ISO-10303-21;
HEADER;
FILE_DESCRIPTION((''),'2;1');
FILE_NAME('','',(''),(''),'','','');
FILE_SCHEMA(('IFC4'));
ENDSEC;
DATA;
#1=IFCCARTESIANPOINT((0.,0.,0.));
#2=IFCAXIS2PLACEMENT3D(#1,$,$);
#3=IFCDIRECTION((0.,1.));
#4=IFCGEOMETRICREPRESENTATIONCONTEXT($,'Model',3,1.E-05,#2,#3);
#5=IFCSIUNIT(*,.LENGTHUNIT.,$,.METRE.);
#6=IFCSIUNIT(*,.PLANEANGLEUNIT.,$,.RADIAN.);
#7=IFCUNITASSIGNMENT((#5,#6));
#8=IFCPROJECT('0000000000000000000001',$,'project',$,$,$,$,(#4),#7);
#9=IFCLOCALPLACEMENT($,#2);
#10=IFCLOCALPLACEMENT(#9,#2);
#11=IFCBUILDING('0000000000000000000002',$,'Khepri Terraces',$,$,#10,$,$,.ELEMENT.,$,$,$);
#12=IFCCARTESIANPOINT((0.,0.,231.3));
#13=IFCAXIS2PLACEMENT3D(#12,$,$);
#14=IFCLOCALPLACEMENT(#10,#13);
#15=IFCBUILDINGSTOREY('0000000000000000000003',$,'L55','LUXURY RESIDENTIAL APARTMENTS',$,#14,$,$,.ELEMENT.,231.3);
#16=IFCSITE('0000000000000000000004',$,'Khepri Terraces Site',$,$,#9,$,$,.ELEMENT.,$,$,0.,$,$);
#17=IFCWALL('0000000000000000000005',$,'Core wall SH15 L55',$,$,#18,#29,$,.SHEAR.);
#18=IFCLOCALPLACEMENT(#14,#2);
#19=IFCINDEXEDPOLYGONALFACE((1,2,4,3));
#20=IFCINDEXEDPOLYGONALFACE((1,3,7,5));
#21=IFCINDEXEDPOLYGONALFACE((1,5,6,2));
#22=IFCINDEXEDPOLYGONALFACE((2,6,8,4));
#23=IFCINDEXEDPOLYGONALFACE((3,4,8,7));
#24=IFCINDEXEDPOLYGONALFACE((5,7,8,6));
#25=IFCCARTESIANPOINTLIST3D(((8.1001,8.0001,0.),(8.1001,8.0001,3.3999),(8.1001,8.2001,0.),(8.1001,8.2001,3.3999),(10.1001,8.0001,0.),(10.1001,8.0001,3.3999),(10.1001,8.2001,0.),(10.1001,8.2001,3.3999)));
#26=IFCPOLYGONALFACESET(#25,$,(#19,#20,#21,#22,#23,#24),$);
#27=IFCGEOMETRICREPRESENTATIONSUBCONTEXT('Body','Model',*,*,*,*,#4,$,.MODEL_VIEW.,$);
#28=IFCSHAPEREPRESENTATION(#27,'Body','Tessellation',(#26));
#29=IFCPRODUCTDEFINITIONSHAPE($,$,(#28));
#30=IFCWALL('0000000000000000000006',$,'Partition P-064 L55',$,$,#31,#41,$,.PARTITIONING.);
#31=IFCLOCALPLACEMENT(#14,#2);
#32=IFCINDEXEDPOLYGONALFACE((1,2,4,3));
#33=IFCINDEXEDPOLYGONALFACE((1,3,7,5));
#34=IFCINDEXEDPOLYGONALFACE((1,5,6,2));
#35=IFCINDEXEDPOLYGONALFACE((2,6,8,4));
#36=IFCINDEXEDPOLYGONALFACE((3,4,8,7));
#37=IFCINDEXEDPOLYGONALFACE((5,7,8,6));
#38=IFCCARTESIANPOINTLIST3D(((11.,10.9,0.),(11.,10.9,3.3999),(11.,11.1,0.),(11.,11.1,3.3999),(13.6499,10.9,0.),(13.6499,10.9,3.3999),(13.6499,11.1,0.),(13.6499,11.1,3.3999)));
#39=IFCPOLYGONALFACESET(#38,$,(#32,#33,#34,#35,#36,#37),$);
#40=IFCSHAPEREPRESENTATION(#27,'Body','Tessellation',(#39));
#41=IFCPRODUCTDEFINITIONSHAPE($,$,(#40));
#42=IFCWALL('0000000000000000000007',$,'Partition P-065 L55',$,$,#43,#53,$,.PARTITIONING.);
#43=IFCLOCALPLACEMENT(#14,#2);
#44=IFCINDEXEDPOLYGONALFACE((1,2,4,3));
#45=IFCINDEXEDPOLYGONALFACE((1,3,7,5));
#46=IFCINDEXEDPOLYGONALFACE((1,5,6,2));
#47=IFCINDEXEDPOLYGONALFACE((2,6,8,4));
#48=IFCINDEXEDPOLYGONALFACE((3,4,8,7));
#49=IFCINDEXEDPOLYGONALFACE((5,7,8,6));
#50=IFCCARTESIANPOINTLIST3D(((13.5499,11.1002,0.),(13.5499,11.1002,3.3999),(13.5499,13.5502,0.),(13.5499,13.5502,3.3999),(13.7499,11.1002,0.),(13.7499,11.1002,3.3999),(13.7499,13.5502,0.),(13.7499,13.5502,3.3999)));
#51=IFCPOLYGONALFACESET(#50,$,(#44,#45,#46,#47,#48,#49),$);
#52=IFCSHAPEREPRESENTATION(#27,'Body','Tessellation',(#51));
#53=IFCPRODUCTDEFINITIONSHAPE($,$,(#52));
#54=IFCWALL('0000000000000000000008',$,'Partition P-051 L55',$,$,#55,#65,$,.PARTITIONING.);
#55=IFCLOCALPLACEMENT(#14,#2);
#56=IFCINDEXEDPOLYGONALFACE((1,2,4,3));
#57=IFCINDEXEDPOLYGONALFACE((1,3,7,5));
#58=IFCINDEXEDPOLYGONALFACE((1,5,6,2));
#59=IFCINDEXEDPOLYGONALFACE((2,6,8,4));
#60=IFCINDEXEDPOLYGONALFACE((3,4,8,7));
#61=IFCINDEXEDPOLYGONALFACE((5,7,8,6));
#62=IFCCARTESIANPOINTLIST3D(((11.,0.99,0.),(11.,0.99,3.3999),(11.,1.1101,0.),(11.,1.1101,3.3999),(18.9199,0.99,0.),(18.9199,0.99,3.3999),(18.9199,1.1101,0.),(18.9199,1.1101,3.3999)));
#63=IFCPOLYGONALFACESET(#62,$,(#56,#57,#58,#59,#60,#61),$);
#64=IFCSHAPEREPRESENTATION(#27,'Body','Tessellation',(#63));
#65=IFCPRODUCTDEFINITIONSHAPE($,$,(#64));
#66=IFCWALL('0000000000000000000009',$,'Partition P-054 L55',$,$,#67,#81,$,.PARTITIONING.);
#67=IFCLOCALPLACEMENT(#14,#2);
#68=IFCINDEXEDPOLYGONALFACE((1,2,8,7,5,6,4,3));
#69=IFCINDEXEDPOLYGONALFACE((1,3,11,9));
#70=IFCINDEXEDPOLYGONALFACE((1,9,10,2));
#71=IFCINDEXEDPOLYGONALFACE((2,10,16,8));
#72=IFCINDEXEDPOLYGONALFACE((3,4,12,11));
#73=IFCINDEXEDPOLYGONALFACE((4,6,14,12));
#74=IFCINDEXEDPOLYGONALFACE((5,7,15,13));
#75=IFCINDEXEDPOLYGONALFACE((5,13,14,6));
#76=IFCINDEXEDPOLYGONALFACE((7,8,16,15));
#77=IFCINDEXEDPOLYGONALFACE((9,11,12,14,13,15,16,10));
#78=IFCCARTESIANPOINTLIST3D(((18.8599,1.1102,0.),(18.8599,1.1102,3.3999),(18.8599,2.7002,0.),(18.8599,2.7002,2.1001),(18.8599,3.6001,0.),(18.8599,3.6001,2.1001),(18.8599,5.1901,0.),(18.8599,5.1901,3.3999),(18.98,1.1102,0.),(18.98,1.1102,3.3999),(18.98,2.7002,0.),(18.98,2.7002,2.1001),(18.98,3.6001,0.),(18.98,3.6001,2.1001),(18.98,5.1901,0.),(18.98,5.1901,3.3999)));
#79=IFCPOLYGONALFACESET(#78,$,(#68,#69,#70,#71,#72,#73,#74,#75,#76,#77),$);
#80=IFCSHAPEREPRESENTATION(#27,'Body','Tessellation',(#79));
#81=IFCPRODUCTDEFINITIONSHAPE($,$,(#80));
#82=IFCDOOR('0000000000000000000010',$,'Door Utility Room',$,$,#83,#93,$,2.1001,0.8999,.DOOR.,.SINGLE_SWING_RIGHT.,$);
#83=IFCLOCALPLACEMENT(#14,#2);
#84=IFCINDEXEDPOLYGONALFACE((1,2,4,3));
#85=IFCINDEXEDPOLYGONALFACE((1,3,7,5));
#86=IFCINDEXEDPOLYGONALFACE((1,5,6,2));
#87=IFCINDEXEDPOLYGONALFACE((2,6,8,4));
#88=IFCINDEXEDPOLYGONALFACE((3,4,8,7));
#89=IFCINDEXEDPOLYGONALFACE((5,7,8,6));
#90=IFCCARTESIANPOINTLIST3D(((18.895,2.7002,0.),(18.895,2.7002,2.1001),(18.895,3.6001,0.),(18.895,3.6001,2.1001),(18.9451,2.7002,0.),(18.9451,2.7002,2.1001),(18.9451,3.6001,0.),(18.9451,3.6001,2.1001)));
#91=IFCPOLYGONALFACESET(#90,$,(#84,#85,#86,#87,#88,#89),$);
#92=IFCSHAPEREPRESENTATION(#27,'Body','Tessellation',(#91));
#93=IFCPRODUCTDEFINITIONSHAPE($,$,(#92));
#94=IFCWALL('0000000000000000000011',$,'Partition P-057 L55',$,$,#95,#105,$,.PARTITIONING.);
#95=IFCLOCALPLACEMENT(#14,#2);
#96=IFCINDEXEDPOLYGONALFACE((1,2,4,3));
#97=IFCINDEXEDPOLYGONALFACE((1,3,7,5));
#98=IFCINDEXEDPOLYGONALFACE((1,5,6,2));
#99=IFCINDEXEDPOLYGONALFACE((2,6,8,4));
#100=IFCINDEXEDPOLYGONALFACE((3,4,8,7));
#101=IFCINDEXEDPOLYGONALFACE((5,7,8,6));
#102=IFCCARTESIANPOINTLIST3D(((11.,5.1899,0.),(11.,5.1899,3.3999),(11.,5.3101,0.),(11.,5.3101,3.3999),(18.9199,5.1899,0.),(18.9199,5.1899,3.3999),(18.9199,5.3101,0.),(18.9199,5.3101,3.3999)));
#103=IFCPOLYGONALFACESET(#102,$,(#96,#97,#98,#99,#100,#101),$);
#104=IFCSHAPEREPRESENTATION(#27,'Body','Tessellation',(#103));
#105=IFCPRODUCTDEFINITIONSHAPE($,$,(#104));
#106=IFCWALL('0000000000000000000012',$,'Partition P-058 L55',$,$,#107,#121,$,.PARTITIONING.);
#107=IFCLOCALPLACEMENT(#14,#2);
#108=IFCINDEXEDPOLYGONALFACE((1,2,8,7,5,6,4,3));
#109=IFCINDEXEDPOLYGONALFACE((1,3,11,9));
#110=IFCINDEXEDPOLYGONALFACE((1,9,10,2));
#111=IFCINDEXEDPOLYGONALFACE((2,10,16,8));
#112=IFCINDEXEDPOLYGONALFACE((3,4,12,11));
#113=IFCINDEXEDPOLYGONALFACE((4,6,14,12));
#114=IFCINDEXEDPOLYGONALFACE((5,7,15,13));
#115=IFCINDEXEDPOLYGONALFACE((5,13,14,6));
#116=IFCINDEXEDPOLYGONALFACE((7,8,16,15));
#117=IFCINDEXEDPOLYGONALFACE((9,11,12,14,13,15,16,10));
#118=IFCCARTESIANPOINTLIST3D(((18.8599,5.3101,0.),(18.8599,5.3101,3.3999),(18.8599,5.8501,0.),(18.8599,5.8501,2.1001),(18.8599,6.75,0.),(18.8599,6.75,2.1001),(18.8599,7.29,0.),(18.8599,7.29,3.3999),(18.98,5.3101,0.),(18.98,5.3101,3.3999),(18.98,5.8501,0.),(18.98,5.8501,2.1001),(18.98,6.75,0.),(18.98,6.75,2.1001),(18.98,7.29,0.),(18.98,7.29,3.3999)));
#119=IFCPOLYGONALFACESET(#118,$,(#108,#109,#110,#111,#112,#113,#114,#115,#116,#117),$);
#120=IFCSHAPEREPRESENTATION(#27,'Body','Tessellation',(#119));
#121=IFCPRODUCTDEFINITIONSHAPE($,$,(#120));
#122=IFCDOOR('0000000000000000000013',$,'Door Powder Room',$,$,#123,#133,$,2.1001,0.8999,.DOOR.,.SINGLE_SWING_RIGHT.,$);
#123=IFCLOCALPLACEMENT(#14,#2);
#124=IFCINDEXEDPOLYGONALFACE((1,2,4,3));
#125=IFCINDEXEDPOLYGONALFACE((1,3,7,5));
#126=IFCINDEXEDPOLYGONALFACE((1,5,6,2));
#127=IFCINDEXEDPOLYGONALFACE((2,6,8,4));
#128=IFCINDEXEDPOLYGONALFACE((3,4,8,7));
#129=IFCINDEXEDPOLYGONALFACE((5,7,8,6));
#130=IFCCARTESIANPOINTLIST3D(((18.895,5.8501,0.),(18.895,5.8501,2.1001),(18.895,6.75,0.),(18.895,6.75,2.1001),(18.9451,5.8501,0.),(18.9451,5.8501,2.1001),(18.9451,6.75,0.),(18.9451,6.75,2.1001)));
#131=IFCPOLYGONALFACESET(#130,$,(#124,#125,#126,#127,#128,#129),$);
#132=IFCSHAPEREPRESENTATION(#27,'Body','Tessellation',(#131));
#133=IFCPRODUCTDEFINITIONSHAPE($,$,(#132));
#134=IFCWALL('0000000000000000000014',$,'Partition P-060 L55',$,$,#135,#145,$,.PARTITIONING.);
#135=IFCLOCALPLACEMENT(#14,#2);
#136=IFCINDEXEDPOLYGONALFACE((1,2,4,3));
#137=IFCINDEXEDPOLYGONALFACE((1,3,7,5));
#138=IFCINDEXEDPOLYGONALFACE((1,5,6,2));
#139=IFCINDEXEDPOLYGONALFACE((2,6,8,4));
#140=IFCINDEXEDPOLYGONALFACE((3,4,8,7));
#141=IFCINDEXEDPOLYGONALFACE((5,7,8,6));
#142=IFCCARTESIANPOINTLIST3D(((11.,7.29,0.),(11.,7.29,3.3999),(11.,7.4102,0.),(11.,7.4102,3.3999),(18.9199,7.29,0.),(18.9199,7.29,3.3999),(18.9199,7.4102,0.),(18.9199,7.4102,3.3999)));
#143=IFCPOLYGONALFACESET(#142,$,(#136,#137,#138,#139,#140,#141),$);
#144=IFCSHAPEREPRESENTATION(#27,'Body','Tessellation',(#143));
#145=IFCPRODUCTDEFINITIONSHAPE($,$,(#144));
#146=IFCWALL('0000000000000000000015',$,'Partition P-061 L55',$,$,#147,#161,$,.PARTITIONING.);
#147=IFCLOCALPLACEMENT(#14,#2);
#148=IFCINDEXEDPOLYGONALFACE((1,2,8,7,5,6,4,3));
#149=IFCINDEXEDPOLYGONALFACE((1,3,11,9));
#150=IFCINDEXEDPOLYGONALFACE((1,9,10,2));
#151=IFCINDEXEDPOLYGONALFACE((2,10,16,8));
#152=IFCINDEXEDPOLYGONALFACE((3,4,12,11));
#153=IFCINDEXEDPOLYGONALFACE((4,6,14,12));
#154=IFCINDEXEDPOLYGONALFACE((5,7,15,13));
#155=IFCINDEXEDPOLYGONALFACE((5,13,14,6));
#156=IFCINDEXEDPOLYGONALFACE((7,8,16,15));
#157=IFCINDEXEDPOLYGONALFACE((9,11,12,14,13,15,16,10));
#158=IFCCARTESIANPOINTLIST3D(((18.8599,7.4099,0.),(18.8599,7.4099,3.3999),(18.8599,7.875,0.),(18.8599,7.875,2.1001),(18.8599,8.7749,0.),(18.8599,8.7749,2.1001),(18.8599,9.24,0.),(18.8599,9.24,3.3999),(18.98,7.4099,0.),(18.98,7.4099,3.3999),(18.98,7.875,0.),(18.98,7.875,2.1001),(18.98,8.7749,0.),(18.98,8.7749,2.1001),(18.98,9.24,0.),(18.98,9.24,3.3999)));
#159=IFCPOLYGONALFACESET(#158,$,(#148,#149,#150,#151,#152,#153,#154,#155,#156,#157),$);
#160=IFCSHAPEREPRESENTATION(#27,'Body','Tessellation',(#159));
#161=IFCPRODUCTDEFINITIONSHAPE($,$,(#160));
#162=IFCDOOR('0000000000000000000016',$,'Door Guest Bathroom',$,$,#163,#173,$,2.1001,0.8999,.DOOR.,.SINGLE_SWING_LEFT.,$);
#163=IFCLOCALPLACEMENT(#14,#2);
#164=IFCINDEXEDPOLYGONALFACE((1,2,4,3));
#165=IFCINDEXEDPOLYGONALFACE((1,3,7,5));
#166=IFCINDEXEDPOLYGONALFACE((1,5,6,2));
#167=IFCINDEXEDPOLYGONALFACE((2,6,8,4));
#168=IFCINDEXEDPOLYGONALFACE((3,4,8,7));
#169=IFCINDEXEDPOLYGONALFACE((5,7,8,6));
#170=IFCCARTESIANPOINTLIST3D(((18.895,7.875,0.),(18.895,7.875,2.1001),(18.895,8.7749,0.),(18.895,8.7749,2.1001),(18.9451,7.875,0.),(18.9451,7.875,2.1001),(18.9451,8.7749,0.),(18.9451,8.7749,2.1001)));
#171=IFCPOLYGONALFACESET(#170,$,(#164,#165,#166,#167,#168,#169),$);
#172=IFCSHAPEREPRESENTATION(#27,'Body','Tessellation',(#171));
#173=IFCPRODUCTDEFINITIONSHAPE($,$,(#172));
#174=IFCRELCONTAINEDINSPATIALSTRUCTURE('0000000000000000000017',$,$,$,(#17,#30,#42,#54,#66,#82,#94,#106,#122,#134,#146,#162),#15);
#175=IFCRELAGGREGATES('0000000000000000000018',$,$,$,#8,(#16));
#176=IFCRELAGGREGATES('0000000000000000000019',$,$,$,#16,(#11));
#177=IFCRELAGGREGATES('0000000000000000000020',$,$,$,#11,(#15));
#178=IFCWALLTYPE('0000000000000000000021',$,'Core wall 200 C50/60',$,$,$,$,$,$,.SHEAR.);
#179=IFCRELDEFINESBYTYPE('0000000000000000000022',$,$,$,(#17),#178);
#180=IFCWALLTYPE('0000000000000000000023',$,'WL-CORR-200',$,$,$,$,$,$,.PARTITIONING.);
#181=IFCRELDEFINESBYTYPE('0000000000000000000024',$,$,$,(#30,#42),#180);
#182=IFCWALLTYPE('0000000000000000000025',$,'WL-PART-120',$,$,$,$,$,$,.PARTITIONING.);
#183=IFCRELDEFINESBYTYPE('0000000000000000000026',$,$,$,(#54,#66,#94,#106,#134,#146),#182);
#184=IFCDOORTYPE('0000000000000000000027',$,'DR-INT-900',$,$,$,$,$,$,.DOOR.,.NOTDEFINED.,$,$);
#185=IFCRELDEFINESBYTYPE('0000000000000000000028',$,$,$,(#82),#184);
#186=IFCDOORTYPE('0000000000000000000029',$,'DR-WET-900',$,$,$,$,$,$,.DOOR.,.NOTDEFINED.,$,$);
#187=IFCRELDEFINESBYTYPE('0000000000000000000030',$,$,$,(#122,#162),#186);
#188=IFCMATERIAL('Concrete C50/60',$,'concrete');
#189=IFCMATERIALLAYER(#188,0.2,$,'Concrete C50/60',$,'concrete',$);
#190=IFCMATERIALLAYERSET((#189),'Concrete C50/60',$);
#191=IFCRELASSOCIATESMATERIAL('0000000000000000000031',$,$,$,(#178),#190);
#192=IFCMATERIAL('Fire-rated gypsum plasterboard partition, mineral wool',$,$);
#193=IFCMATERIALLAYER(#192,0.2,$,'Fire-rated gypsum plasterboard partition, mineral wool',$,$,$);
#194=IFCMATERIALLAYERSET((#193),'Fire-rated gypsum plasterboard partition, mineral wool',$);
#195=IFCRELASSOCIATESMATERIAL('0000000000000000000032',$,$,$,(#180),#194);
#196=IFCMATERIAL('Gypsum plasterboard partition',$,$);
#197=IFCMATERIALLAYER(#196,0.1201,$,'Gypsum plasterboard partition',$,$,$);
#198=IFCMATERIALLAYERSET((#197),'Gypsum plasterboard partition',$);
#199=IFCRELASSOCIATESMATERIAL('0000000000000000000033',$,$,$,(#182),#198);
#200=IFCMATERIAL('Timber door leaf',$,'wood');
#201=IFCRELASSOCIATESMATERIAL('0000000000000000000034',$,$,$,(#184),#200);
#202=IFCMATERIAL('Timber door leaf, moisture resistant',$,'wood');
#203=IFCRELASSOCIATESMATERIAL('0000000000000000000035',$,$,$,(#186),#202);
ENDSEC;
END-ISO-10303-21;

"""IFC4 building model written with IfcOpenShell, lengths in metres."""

from ifc_helpers import new_model, si_unit, direction, frame, frame_2d, origin, place, context, subcontext, project, spatial, rectangle, extrude, material, layer, layer_set, type_object, element, fill, save


model = new_model("IFC4")

# Units and contexts
model_context = context("Model", 3, precision=1e-05, world=origin(), true_north=direction((0.0, 1.0)))
body_context = subcontext(model_context, "Body", "Model", "MODEL_VIEW")
ifc_project = project(units=[si_unit("LENGTHUNIT", "METRE"), si_unit("PLANEANGLEUNIT", "RADIAN")], contexts=[model_context])

# Site, building, storey
site_placement = place(None, origin())
site = spatial("IfcSite", under=ifc_project, at=site_placement, Name="Khepri Terraces Site", CompositionType="ELEMENT", RefElevation=0.0)
building_placement = place(site_placement, origin())
building = spatial("IfcBuilding", under=site, at=building_placement, Name="Khepri Terraces", CompositionType="ELEMENT")
storey_placement = place(building_placement, frame((0.0, 0.0, 231.3)))
storey = spatial("IfcBuildingStorey", under=building, at=storey_placement, Name="L55", Description="LUXURY RESIDENTIAL APARTMENTS", CompositionType="ELEMENT", Elevation=231.3)

# Walls
ifc_material_1 = material(Name="Concrete C50/60", Category="concrete")
ifc_layer_1 = layer(ifc_material_1, 0.2, Name="Concrete C50/60", Category="concrete")
ifc_layer_set_1 = layer_set([ifc_layer_1], Name="Concrete C50/60")
wall_type_1 = type_object("IfcWallType", Name="Core wall 200 C50/60", PredefinedType="SHEAR", material=ifc_layer_set_1)
wall_1_placement = place(storey_placement, frame((8.1001, 8.1001, 0.0), z_axis=(0.0, 0.0, 1.0), x_axis=(1.0, 0.0, 0.0)))
element("IfcWall", 1, at=wall_1_placement, inside=storey, type_object=wall_type_1, Name="Core wall SH15 L55", PredefinedType="SHEAR", context=body_context, shape_type="SweptSolid", body=[
    extrude(rectangle(XDim=2.0, YDim=0.2, at=frame_2d((1.0, 0.0))), origin(), (0.0, 0.0, 1.0), 3.3999),
])
ifc_material_2 = material(Name="Fire-rated gypsum plasterboard partition, mineral wool")
ifc_layer_2 = layer(ifc_material_2, 0.2, Name="Fire-rated gypsum plasterboard partition, mineral wool")
ifc_layer_set_2 = layer_set([ifc_layer_2], Name="Fire-rated gypsum plasterboard partition, mineral wool")
wall_type_2 = type_object("IfcWallType", Name="WL-CORR-200", PredefinedType="PARTITIONING", material=ifc_layer_set_2)
wall_2_placement = place(storey_placement, frame((11.0, 11.0, 0.0), z_axis=(0.0, 0.0, 1.0), x_axis=(1.0, 0.0, 0.0)))
element("IfcWall", 2, at=wall_2_placement, inside=storey, type_object=wall_type_2, Name="Partition P-064 L55", PredefinedType="PARTITIONING", context=body_context, shape_type="SweptSolid", body=[
    extrude(rectangle(XDim=2.6499, YDim=0.2, at=frame_2d((1.325, 0.0))), origin(), (0.0, 0.0, 1.0), 3.3999),
])
wall_3_placement = place(storey_placement, frame((13.6499, 11.1001, 0.0), z_axis=(0.0, 0.0, 1.0), x_axis=(0.0, 1.0, 0.0)))
element("IfcWall", 3, at=wall_3_placement, inside=storey, type_object=wall_type_2, Name="Partition P-065 L55", PredefinedType="PARTITIONING", context=body_context, shape_type="SweptSolid", body=[
    extrude(rectangle(XDim=2.45, YDim=0.2, at=frame_2d((1.2251, 0.0))), origin(), (0.0, 0.0, 1.0), 3.3999),
])
ifc_material_3 = material(Name="Gypsum plasterboard partition")
ifc_layer_3 = layer(ifc_material_3, 0.1201, Name="Gypsum plasterboard partition")
ifc_layer_set_3 = layer_set([ifc_layer_3], Name="Gypsum plasterboard partition")
wall_type_3 = type_object("IfcWallType", Name="WL-PART-120", PredefinedType="PARTITIONING", material=ifc_layer_set_3)
wall_4_placement = place(storey_placement, frame((11.0, 1.05, 0.0), z_axis=(0.0, 0.0, 1.0), x_axis=(1.0, 0.0, 0.0)))
element("IfcWall", 4, at=wall_4_placement, inside=storey, type_object=wall_type_3, Name="Partition P-051 L55", PredefinedType="PARTITIONING", context=body_context, shape_type="SweptSolid", body=[
    extrude(rectangle(XDim=7.9199, YDim=0.1201, at=frame_2d((3.96, 0.0))), origin(), (0.0, 0.0, 1.0), 3.3999),
])

# Wall, opening, door
wall_5_placement = place(storey_placement, frame((18.9199, 1.1101, 0.0), z_axis=(0.0, 0.0, 1.0), x_axis=(0.0, 1.0, 0.0)))
wall_5 = element("IfcWall", 5, at=wall_5_placement, inside=storey, type_object=wall_type_3, Name="Partition P-054 L55", PredefinedType="PARTITIONING", context=body_context, shape_type="SweptSolid", body=[
    extrude(rectangle(XDim=4.0798, YDim=0.1201, at=frame_2d((2.04, 0.0))), origin(), (0.0, 0.0, 1.0), 3.3999),
])
opening_1_placement = place(wall_5_placement, frame((1.5901, 0.0, 0.0)))
opening_1 = element("IfcOpeningElement", 6, at=opening_1_placement, cuts=wall_5, PredefinedType="OPENING", context=body_context, shape_type="SweptSolid", body=[
    extrude(rectangle(XDim=0.8999, YDim=2.1001, at=frame_2d((0.45, 1.05))), frame((0.0, 0.0701, 0.0), z_axis=(0.0, -1.0, 0.0), x_axis=(1.0, 0.0, 0.0)), (0.0, 0.0, 1.0), 0.1401),
])
ifc_material_4 = material(Name="Timber door leaf", Category="wood")
door_type_1 = type_object("IfcDoorType", Name="DR-INT-900", OperationType="NOTDEFINED", PredefinedType="DOOR", material=ifc_material_4)
door_1_placement = place(opening_1_placement, origin())
door_1 = element("IfcDoor", 7, at=door_1_placement, inside=storey, type_object=door_type_1, Name="Door Utility Room", OperationType="SINGLE_SWING_RIGHT", OverallHeight=2.1001, OverallWidth=0.8999, PredefinedType="DOOR", context=body_context, shape_type="SweptSolid", body=[
    extrude(rectangle(XDim=0.8999, YDim=2.1001, at=frame_2d((0.45, 1.05))), frame((0.0, 0.0249, 0.0), z_axis=(0.0, -1.0, 0.0), x_axis=(1.0, 0.0, 0.0)), (0.0, 0.0, 1.0), 0.05),
])
fill(opening_1, door_1)

# Wall
wall_6_placement = place(storey_placement, frame((11.0, 5.25, 0.0), z_axis=(0.0, 0.0, 1.0), x_axis=(1.0, 0.0, 0.0)))
element("IfcWall", 8, at=wall_6_placement, inside=storey, type_object=wall_type_3, Name="Partition P-057 L55", PredefinedType="PARTITIONING", context=body_context, shape_type="SweptSolid", body=[
    extrude(rectangle(XDim=7.9199, YDim=0.1201, at=frame_2d((3.96, 0.0))), origin(), (0.0, 0.0, 1.0), 3.3999),
])

# Wall, opening, door
wall_7_placement = place(storey_placement, frame((18.9199, 5.3101, 0.0), z_axis=(0.0, 0.0, 1.0), x_axis=(0.0, 1.0, 0.0)))
wall_7 = element("IfcWall", 9, at=wall_7_placement, inside=storey, type_object=wall_type_3, Name="Partition P-058 L55", PredefinedType="PARTITIONING", context=body_context, shape_type="SweptSolid", body=[
    extrude(rectangle(XDim=1.98, YDim=0.1201, at=frame_2d((0.99, 0.0))), origin(), (0.0, 0.0, 1.0), 3.3999),
])
opening_2_placement = place(wall_7_placement, frame((0.54, 0.0, 0.0)))
opening_2 = element("IfcOpeningElement", 10, at=opening_2_placement, cuts=wall_7, PredefinedType="OPENING", context=body_context, shape_type="SweptSolid", body=[
    extrude(rectangle(XDim=0.8999, YDim=2.1001, at=frame_2d((0.45, 1.05))), frame((0.0, 0.0701, 0.0), z_axis=(0.0, -1.0, 0.0), x_axis=(1.0, 0.0, 0.0)), (0.0, 0.0, 1.0), 0.1401),
])
ifc_material_5 = material(Name="Timber door leaf, moisture resistant", Category="wood")
door_type_2 = type_object("IfcDoorType", Name="DR-WET-900", OperationType="NOTDEFINED", PredefinedType="DOOR", material=ifc_material_5)
door_2_placement = place(opening_2_placement, origin())
door_2 = element("IfcDoor", 11, at=door_2_placement, inside=storey, type_object=door_type_2, Name="Door Powder Room", OperationType="SINGLE_SWING_RIGHT", OverallHeight=2.1001, OverallWidth=0.8999, PredefinedType="DOOR", context=body_context, shape_type="SweptSolid", body=[
    extrude(rectangle(XDim=0.8999, YDim=2.1001, at=frame_2d((0.45, 1.05))), frame((0.0, 0.0249, 0.0), z_axis=(0.0, -1.0, 0.0), x_axis=(1.0, 0.0, 0.0)), (0.0, 0.0, 1.0), 0.05),
])
fill(opening_2, door_2)

# Wall
wall_8_placement = place(storey_placement, frame((11.0, 7.3501, 0.0), z_axis=(0.0, 0.0, 1.0), x_axis=(1.0, 0.0, 0.0)))
element("IfcWall", 12, at=wall_8_placement, inside=storey, type_object=wall_type_3, Name="Partition P-060 L55", PredefinedType="PARTITIONING", context=body_context, shape_type="SweptSolid", body=[
    extrude(rectangle(XDim=7.9199, YDim=0.1201, at=frame_2d((3.96, 0.0))), origin(), (0.0, 0.0, 1.0), 3.3999),
])

# Wall, opening, door
wall_9_placement = place(storey_placement, frame((18.9199, 7.4099, 0.0), z_axis=(0.0, 0.0, 1.0), x_axis=(0.0, 1.0, 0.0)))
wall_9 = element("IfcWall", 13, at=wall_9_placement, inside=storey, type_object=wall_type_3, Name="Partition P-061 L55", PredefinedType="PARTITIONING", context=body_context, shape_type="SweptSolid", body=[
    extrude(rectangle(XDim=1.8301, YDim=0.1201, at=frame_2d((0.915, 0.0))), origin(), (0.0, 0.0, 1.0), 3.3999),
])
opening_3_placement = place(wall_9_placement, frame((0.4651, 0.0, 0.0)))
opening_3 = element("IfcOpeningElement", 14, at=opening_3_placement, cuts=wall_9, PredefinedType="OPENING", context=body_context, shape_type="SweptSolid", body=[
    extrude(rectangle(XDim=0.8999, YDim=2.1001, at=frame_2d((0.45, 1.05))), frame((0.0, 0.0701, 0.0), z_axis=(0.0, -1.0, 0.0), x_axis=(1.0, 0.0, 0.0)), (0.0, 0.0, 1.0), 0.1401),
])
door_3_placement = place(opening_3_placement, origin())
door_3 = element("IfcDoor", 15, at=door_3_placement, inside=storey, type_object=door_type_2, Name="Door Guest Bathroom", OperationType="SINGLE_SWING_LEFT", OverallHeight=2.1001, OverallWidth=0.8999, PredefinedType="DOOR", context=body_context, shape_type="SweptSolid", body=[
    extrude(rectangle(XDim=0.8999, YDim=2.1001, at=frame_2d((0.45, 1.05))), frame((0.0, 0.0249, 0.0), z_axis=(0.0, -1.0, 0.0), x_axis=(1.0, 0.0, 0.0)), (0.0, 0.0, 1.0), 0.05),
])
fill(opening_3, door_3)

save(model, "model.ifc")
